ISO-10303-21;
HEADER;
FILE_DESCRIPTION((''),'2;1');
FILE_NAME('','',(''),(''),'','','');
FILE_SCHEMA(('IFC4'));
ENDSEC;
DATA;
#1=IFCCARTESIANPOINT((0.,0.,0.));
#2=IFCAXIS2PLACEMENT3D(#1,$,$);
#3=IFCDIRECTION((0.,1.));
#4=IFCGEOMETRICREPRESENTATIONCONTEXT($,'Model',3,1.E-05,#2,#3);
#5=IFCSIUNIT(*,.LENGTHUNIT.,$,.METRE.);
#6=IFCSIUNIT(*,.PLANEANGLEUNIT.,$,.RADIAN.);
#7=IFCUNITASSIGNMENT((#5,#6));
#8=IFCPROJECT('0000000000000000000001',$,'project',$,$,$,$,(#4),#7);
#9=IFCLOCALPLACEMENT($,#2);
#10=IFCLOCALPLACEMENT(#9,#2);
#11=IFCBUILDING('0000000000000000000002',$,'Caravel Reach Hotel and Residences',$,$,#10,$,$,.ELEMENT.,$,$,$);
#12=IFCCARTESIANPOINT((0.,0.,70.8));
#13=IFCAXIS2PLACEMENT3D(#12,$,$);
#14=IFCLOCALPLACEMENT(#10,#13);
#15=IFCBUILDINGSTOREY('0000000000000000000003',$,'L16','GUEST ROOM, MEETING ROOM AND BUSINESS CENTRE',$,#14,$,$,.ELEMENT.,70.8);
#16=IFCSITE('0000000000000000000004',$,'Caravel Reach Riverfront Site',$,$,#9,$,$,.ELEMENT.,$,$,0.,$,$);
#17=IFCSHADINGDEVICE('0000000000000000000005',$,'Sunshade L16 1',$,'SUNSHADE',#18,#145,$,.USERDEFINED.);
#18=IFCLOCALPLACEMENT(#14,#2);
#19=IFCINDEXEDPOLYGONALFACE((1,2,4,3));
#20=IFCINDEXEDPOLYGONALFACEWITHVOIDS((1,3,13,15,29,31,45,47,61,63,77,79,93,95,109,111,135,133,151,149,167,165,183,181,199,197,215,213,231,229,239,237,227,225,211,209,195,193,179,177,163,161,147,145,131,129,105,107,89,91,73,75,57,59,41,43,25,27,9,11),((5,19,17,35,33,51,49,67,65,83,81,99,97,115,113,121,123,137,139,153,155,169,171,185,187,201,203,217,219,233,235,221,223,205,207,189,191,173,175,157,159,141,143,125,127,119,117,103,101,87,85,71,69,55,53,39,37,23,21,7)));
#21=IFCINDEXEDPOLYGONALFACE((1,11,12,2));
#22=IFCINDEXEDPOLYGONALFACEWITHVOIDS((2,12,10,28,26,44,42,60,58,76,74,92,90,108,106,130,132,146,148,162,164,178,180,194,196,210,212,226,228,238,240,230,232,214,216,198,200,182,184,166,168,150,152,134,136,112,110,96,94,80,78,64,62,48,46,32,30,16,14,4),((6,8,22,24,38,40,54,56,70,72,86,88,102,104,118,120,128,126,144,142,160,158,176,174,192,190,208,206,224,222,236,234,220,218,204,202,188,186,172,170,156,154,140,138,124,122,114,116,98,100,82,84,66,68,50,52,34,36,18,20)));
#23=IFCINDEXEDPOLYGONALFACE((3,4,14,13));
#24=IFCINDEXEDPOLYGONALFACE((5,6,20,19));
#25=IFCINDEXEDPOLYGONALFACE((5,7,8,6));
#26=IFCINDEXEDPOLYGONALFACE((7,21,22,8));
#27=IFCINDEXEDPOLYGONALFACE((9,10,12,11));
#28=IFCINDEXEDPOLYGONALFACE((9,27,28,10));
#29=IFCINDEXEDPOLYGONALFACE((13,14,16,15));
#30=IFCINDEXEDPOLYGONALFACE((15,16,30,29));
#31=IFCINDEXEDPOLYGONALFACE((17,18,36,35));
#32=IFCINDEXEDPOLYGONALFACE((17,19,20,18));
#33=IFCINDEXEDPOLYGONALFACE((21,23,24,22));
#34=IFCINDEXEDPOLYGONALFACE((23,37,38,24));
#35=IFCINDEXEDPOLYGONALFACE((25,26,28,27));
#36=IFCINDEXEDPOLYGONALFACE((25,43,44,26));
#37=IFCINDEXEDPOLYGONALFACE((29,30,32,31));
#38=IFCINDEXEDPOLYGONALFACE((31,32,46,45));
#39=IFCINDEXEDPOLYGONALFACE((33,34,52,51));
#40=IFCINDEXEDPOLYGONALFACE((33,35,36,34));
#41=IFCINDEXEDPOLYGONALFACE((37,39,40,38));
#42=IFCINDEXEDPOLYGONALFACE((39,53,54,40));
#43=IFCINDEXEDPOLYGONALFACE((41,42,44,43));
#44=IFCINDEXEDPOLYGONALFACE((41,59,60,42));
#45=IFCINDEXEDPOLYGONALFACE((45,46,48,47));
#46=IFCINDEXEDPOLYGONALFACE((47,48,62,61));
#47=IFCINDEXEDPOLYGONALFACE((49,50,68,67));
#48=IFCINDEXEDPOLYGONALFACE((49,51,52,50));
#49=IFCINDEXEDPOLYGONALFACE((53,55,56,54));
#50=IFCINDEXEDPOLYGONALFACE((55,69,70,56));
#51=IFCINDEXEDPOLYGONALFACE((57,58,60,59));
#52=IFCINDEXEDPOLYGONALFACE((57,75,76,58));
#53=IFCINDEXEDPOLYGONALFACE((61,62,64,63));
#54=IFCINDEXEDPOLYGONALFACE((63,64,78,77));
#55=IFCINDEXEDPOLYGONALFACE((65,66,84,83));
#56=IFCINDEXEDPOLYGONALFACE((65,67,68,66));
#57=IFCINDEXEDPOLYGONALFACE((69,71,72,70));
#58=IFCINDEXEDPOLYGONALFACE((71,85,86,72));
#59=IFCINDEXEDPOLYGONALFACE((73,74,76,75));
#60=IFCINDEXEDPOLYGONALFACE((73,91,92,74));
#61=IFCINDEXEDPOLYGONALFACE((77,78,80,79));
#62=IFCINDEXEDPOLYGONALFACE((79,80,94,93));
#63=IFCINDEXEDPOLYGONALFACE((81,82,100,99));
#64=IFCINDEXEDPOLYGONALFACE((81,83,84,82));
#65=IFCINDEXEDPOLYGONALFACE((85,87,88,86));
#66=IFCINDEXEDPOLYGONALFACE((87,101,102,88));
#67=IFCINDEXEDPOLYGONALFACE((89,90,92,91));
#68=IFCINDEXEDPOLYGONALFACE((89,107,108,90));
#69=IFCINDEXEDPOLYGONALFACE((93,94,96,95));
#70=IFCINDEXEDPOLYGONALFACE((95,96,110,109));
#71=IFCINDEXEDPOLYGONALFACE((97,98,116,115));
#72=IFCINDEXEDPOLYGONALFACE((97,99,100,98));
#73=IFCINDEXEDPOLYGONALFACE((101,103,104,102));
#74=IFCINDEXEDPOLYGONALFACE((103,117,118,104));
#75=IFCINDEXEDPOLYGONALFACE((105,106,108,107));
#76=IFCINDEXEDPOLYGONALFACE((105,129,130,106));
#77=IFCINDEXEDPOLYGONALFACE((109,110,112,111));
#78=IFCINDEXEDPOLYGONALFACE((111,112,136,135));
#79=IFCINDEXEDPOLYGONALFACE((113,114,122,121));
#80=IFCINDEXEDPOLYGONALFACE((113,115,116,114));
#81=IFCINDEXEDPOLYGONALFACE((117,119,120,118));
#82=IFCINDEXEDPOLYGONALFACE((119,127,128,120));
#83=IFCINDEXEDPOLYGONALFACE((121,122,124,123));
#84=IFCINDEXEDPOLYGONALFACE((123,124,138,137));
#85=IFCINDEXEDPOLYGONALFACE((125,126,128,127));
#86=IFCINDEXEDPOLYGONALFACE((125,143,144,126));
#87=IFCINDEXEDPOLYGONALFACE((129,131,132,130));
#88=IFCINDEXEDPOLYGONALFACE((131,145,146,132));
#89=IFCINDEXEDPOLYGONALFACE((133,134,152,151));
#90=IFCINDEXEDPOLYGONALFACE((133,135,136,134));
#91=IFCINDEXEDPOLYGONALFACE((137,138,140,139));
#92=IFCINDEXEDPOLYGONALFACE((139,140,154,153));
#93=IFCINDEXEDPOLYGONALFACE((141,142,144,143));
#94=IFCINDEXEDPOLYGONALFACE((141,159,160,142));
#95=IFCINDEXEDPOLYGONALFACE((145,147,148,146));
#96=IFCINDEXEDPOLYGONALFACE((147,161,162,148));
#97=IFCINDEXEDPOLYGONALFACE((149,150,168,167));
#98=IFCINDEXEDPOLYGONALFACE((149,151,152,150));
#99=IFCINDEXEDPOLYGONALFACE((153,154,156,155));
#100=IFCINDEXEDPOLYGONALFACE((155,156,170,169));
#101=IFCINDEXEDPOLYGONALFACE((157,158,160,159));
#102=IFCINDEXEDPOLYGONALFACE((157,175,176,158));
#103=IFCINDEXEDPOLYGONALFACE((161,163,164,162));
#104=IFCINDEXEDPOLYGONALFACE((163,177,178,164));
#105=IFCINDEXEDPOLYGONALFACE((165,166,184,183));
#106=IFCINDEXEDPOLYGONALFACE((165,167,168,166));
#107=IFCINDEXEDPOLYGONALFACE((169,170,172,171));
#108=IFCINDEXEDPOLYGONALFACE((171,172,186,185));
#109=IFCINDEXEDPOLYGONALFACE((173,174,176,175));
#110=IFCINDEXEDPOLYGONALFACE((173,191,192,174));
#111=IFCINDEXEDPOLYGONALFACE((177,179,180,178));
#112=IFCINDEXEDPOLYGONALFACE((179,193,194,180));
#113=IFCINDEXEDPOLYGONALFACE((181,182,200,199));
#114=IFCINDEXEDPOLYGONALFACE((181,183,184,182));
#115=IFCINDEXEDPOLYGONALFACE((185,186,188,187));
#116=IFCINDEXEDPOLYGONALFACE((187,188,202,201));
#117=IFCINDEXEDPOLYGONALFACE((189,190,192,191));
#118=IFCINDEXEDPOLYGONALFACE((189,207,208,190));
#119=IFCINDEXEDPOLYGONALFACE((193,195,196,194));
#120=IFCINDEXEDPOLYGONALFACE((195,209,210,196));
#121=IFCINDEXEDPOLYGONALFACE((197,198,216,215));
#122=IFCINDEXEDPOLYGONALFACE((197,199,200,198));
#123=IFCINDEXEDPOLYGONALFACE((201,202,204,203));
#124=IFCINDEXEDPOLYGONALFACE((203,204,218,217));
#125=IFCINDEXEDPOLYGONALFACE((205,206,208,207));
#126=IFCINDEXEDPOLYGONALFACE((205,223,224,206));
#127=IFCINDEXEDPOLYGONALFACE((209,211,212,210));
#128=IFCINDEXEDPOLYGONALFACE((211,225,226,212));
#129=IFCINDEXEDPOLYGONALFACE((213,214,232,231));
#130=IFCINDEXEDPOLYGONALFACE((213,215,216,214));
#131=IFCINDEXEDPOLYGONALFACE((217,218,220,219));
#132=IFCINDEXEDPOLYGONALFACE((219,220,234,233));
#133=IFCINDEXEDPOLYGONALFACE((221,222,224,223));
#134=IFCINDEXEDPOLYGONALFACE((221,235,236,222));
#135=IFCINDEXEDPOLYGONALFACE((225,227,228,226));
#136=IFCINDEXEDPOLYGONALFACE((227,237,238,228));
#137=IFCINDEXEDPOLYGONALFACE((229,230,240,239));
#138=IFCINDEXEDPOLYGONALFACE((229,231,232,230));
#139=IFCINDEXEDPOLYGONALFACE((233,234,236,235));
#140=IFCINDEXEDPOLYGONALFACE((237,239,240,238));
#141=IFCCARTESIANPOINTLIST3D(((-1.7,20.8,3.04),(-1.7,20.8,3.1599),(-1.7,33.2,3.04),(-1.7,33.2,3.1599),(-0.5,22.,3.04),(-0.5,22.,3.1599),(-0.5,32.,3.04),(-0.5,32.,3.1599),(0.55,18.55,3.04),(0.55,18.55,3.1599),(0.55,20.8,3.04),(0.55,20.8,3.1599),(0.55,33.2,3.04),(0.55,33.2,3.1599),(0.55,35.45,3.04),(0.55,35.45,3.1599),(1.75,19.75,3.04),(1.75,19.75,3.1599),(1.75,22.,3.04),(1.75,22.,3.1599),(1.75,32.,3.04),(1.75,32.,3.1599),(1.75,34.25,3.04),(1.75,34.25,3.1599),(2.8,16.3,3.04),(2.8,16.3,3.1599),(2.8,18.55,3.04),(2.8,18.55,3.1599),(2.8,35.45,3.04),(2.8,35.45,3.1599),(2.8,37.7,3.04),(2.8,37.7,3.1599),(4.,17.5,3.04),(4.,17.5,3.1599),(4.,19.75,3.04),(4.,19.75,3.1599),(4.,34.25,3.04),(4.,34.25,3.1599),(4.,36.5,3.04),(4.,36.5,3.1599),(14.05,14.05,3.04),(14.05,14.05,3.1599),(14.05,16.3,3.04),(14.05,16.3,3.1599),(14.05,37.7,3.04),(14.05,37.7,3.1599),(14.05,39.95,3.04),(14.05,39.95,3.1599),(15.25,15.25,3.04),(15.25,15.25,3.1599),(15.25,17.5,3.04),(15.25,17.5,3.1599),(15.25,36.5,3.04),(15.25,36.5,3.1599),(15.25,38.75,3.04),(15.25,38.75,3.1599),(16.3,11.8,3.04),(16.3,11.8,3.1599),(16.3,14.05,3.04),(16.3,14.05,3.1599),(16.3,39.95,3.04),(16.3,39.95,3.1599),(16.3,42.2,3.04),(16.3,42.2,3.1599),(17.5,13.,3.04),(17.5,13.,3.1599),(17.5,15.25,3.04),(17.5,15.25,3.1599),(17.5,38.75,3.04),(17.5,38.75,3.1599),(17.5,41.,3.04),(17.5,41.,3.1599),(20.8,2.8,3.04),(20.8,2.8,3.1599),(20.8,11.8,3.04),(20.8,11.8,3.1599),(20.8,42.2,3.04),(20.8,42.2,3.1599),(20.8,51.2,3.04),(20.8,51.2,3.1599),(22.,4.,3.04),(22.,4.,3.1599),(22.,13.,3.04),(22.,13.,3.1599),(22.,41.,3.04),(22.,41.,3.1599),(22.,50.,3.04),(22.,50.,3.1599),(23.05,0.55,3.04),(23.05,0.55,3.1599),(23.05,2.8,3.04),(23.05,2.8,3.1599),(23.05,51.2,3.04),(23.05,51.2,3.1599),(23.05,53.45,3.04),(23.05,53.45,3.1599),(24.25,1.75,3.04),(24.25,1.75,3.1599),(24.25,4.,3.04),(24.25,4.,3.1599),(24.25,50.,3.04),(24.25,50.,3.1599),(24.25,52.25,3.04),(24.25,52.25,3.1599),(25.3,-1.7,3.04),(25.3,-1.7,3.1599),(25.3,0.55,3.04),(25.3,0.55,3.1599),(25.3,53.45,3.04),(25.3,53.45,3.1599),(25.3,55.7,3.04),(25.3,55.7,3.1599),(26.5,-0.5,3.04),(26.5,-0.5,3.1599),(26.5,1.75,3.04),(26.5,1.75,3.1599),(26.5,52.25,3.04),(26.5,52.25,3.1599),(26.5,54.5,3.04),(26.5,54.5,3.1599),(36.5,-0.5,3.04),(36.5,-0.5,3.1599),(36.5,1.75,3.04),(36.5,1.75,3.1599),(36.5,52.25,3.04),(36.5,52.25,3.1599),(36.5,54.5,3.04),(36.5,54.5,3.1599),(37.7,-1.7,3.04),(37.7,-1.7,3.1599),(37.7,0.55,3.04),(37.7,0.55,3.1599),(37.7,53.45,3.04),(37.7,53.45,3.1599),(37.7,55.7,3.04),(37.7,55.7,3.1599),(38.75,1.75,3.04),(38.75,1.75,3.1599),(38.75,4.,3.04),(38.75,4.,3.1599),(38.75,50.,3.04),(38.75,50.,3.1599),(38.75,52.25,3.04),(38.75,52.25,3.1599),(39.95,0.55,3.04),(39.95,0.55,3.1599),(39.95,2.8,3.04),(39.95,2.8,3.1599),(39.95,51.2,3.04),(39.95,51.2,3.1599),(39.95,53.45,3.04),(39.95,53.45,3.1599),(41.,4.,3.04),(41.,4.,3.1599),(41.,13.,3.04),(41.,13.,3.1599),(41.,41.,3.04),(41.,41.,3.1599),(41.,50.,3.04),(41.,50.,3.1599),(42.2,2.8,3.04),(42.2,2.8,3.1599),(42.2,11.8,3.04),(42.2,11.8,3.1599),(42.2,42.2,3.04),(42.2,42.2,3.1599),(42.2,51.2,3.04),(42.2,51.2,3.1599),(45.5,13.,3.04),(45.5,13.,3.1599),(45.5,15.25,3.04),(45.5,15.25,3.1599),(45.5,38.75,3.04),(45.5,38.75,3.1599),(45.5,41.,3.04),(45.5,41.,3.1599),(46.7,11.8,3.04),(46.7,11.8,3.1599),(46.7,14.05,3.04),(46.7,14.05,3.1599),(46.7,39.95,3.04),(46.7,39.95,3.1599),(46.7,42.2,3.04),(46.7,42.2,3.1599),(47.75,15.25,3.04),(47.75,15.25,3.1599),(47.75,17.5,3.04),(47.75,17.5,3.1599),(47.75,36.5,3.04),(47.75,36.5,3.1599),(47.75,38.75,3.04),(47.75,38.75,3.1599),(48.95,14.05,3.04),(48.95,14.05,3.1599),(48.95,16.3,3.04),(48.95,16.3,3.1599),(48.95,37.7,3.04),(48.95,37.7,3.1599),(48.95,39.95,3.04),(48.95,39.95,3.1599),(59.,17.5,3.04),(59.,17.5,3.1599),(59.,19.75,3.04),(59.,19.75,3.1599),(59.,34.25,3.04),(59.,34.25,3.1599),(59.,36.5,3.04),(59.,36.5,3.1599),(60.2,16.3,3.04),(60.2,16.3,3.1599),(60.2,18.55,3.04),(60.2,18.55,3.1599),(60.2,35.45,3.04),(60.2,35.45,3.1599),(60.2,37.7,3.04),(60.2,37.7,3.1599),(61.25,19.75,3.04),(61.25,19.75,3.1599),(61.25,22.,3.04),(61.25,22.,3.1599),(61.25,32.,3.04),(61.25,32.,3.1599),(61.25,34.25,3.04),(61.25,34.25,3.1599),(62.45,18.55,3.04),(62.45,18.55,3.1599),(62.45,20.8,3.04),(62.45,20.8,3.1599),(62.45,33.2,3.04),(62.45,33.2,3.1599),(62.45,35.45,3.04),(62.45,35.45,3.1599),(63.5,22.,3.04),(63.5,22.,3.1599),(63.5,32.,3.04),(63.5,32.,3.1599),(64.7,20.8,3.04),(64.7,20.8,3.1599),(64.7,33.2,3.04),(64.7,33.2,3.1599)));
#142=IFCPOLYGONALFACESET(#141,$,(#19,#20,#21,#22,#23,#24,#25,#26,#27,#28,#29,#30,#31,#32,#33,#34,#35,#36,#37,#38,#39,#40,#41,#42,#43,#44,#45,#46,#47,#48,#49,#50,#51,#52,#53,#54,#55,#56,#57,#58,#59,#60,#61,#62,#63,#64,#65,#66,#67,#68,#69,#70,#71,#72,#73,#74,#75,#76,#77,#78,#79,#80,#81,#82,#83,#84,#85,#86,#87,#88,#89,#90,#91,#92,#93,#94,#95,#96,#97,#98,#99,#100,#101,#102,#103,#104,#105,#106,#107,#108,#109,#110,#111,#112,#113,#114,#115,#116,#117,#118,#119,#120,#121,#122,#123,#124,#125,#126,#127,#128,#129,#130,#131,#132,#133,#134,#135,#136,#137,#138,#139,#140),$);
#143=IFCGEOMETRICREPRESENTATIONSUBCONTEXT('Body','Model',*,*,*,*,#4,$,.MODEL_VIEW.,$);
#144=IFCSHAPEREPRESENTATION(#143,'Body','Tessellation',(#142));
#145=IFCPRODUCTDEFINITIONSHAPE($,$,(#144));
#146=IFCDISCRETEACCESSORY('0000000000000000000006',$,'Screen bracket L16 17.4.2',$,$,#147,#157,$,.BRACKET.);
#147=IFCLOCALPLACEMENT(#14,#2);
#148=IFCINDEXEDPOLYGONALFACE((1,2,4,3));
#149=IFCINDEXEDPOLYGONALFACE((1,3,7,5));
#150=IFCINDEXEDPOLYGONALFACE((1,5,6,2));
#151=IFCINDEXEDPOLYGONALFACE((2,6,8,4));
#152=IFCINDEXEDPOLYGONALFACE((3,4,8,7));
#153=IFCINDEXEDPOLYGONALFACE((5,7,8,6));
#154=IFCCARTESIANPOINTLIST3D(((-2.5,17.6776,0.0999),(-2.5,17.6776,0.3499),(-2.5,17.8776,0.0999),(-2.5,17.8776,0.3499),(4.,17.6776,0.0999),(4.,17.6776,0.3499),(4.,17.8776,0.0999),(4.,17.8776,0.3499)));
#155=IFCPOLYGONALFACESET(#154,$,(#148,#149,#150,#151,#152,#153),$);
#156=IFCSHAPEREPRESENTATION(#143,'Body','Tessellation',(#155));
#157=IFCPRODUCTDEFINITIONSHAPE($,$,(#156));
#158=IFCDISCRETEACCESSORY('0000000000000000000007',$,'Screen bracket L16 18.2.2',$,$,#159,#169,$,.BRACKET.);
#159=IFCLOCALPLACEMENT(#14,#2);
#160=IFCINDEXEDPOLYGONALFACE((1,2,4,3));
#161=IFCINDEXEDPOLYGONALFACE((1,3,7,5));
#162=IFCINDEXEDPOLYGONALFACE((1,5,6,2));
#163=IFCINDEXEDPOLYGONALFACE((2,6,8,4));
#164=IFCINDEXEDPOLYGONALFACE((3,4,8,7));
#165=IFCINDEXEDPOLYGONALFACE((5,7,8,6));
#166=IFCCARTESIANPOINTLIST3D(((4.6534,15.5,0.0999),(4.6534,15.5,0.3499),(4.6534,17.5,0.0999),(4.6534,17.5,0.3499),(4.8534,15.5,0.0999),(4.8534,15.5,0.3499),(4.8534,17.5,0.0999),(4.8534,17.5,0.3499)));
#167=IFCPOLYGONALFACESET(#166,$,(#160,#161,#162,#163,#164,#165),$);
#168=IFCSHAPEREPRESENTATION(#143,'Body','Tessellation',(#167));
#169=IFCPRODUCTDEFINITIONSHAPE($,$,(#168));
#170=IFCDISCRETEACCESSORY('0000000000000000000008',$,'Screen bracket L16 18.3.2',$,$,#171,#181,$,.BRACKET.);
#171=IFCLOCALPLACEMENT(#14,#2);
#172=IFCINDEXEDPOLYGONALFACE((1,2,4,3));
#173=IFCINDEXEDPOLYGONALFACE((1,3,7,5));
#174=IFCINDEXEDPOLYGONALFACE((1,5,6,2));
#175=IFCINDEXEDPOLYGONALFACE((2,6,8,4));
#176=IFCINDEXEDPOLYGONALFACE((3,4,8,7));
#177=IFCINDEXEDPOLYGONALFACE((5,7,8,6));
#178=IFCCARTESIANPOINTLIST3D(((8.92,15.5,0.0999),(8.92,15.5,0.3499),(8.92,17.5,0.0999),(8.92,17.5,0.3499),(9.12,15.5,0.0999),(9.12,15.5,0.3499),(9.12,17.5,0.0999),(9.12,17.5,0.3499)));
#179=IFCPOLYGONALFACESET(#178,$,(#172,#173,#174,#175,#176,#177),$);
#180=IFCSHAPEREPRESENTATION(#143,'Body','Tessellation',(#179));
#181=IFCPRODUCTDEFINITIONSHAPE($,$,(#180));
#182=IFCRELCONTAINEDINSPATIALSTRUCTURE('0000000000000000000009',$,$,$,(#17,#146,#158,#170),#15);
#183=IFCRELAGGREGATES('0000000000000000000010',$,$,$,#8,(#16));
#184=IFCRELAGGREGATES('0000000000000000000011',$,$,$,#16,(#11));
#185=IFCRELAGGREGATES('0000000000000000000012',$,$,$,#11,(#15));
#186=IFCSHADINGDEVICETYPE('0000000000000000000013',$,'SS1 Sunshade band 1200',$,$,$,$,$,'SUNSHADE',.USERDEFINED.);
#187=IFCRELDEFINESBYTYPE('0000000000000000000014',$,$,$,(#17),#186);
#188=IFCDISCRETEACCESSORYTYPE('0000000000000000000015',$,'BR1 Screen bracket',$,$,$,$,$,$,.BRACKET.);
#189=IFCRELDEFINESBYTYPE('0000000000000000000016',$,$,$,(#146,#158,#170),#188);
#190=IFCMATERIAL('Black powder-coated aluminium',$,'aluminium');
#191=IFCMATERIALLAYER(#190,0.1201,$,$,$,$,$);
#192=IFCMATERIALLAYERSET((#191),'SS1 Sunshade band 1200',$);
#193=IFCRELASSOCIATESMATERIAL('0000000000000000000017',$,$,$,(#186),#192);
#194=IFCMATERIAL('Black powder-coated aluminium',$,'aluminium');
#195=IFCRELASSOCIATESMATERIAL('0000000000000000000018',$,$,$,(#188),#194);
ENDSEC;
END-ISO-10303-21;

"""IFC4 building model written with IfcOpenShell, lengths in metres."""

from ifc_helpers import new_model, si_unit, direction, frame, origin, origin_2d, place, context, subcontext, project, spatial, polyline, rectangle, outline, extrude, material, layer, layer_set, type_object, element, save


model = new_model("IFC4")

# Units and contexts
model_context = context("Model", 3, precision=1e-05, world=origin(), true_north=direction((0.0, 1.0)))
body_context = subcontext(model_context, "Body", "Model", "MODEL_VIEW")
ifc_project = project(units=[si_unit("LENGTHUNIT", "METRE"), si_unit("PLANEANGLEUNIT", "RADIAN")], contexts=[model_context])

# Site, building, storey
site_placement = place(None, origin())
site = spatial("IfcSite", under=ifc_project, at=site_placement, Name="Caravel Reach Riverfront Site", CompositionType="ELEMENT", RefElevation=0.0)
building_placement = place(site_placement, origin())
building = spatial("IfcBuilding", under=site, at=building_placement, Name="Caravel Reach Hotel and Residences", CompositionType="ELEMENT")
storey_placement = place(building_placement, frame((0.0, 0.0, 70.8)))
storey = spatial("IfcBuildingStorey", under=building, at=storey_placement, Name="L16", Description="GUEST ROOM, MEETING ROOM AND BUSINESS CENTRE", CompositionType="ELEMENT", Elevation=70.8)

# Shading device
ifc_material_1 = material(Name="Black powder-coated aluminium", Category="aluminium")
ifc_layer_1 = layer(ifc_material_1, 0.1201)
ifc_layer_set_1 = layer_set([ifc_layer_1], Name="SS1 Sunshade band 1200")
shading_device_type = type_object("IfcShadingDeviceType", Name="SS1 Sunshade band 1200", ElementType="SUNSHADE", PredefinedType="USERDEFINED", material=ifc_layer_set_1)
shading_device_placement = place(storey_placement, frame((0.0, 0.0, 3.04)))
element("IfcShadingDevice", 1, at=shading_device_placement, inside=storey, type_object=shading_device_type, Name="Sunshade L16 1", ObjectType="SUNSHADE", PredefinedType="USERDEFINED", context=body_context, shape_type="SweptSolid", body=[
    extrude(outline(polyline([(20.8, 11.8), (20.8, 2.8), (23.05, 2.8), (23.05, 0.55), (25.3, 0.55), (25.3, -1.7), (37.7, -1.7), (37.7, 0.55), (39.95, 0.55), (39.95, 2.8), (42.2, 2.8), (42.2, 11.8), (46.7, 11.8), (46.7, 14.05), (48.95, 14.05), (48.95, 16.3), (60.2, 16.3), (60.2, 18.55), (62.45, 18.55), (62.45, 20.8), (64.7, 20.8), (64.7, 33.2), (62.45, 33.2), (62.45, 35.45), (60.2, 35.45), (60.2, 37.7), (48.95, 37.7), (48.95, 39.95), (46.7, 39.95), (46.7, 42.2), (42.2, 42.2), (42.2, 51.2), (39.95, 51.2), (39.95, 53.45), (37.7, 53.45), (37.7, 55.7), (25.3, 55.7), (25.3, 53.45), (23.05, 53.45), (23.05, 51.2), (20.8, 51.2), (20.8, 42.2), (16.3, 42.2), (16.3, 39.95), (14.05, 39.95), (14.05, 37.7), (2.8, 37.7), (2.8, 35.45), (0.55, 35.45), (0.55, 33.2), (-1.7, 33.2), (-1.7, 20.8), (0.55, 20.8), (0.55, 18.55), (2.8, 18.55), (2.8, 16.3), (14.05, 16.3), (14.05, 14.05), (16.3, 14.05), (16.3, 11.8), (20.8, 11.8)]), holes=[polyline([(24.25, 4.0), (22.0, 4.0), (22.0, 13.0), (17.5, 13.0), (17.5, 15.25), (15.25, 15.25), (15.25, 17.5), (4.0, 17.5), (4.0, 19.75), (1.75, 19.75), (1.75, 22.0), (-0.5, 22.0), (-0.5, 32.0), (1.75, 32.0), (1.75, 34.25), (4.0, 34.25), (4.0, 36.5), (15.25, 36.5), (15.25, 38.75), (17.5, 38.75), (17.5, 41.0), (22.0, 41.0), (22.0, 50.0), (24.25, 50.0), (24.25, 52.25), (26.5, 52.25), (26.5, 54.5), (36.5, 54.5), (36.5, 52.25), (38.75, 52.25), (38.75, 50.0), (41.0, 50.0), (41.0, 41.0), (45.5, 41.0), (45.5, 38.75), (47.75, 38.75), (47.75, 36.5), (59.0, 36.5), (59.0, 34.25), (61.25, 34.25), (61.25, 32.0), (63.5, 32.0), (63.5, 22.0), (61.25, 22.0), (61.25, 19.75), (59.0, 19.75), (59.0, 17.5), (47.75, 17.5), (47.75, 15.25), (45.5, 15.25), (45.5, 13.0), (41.0, 13.0), (41.0, 4.0), (38.75, 4.0), (38.75, 1.75), (36.5, 1.75), (36.5, -0.5), (26.5, -0.5), (26.5, 1.75), (24.25, 1.75), (24.25, 4.0)])]), origin(), (0.0, 0.0, 1.0), 0.1199),
])

# Discrete accessories
ifc_material_2 = material(Name="Black powder-coated aluminium", Category="aluminium")
discrete_accessory_type = type_object("IfcDiscreteAccessoryType", Name="BR1 Screen bracket", PredefinedType="BRACKET", material=ifc_material_2)
discrete_accessory_1_placement = place(storey_placement, frame((0.75, 17.7776, 0.0999), z_axis=(0.0, 0.0, 1.0), x_axis=(-1.0, 0.0, 0.0)))
element("IfcDiscreteAccessory", 2, at=discrete_accessory_1_placement, inside=storey, type_object=discrete_accessory_type, Name="Screen bracket L16 17.4.2", PredefinedType="BRACKET", context=body_context, shape_type="SweptSolid", body=[
    extrude(rectangle(XDim=6.5, YDim=0.2, at=origin_2d()), origin(), (0.0, 0.0, 1.0), 0.25),
])
for number, where, z_axis, x_axis, name in (
    (3, (4.7534, 16.5, 0.0999), (0.0, 0.0, 1.0), (0.0, -1.0, 0.0), "Screen bracket L16 18.2.2"),
    (4, (9.02, 16.5, 0.0999), (0.0, 0.0, 1.0), (0.0, -1.0, 0.0), "Screen bracket L16 18.3.2"),
):
    element("IfcDiscreteAccessory", number, at=place(storey_placement, frame(where, z_axis=z_axis, x_axis=x_axis)), inside=storey, type_object=discrete_accessory_type, Name=name, PredefinedType="BRACKET", context=body_context, shape_type="SweptSolid", body=[
        extrude(rectangle(XDim=2.0, YDim=0.2, at=origin_2d()), origin(), (0.0, 0.0, 1.0), 0.25),
    ])

save(model, "model.ifc")
